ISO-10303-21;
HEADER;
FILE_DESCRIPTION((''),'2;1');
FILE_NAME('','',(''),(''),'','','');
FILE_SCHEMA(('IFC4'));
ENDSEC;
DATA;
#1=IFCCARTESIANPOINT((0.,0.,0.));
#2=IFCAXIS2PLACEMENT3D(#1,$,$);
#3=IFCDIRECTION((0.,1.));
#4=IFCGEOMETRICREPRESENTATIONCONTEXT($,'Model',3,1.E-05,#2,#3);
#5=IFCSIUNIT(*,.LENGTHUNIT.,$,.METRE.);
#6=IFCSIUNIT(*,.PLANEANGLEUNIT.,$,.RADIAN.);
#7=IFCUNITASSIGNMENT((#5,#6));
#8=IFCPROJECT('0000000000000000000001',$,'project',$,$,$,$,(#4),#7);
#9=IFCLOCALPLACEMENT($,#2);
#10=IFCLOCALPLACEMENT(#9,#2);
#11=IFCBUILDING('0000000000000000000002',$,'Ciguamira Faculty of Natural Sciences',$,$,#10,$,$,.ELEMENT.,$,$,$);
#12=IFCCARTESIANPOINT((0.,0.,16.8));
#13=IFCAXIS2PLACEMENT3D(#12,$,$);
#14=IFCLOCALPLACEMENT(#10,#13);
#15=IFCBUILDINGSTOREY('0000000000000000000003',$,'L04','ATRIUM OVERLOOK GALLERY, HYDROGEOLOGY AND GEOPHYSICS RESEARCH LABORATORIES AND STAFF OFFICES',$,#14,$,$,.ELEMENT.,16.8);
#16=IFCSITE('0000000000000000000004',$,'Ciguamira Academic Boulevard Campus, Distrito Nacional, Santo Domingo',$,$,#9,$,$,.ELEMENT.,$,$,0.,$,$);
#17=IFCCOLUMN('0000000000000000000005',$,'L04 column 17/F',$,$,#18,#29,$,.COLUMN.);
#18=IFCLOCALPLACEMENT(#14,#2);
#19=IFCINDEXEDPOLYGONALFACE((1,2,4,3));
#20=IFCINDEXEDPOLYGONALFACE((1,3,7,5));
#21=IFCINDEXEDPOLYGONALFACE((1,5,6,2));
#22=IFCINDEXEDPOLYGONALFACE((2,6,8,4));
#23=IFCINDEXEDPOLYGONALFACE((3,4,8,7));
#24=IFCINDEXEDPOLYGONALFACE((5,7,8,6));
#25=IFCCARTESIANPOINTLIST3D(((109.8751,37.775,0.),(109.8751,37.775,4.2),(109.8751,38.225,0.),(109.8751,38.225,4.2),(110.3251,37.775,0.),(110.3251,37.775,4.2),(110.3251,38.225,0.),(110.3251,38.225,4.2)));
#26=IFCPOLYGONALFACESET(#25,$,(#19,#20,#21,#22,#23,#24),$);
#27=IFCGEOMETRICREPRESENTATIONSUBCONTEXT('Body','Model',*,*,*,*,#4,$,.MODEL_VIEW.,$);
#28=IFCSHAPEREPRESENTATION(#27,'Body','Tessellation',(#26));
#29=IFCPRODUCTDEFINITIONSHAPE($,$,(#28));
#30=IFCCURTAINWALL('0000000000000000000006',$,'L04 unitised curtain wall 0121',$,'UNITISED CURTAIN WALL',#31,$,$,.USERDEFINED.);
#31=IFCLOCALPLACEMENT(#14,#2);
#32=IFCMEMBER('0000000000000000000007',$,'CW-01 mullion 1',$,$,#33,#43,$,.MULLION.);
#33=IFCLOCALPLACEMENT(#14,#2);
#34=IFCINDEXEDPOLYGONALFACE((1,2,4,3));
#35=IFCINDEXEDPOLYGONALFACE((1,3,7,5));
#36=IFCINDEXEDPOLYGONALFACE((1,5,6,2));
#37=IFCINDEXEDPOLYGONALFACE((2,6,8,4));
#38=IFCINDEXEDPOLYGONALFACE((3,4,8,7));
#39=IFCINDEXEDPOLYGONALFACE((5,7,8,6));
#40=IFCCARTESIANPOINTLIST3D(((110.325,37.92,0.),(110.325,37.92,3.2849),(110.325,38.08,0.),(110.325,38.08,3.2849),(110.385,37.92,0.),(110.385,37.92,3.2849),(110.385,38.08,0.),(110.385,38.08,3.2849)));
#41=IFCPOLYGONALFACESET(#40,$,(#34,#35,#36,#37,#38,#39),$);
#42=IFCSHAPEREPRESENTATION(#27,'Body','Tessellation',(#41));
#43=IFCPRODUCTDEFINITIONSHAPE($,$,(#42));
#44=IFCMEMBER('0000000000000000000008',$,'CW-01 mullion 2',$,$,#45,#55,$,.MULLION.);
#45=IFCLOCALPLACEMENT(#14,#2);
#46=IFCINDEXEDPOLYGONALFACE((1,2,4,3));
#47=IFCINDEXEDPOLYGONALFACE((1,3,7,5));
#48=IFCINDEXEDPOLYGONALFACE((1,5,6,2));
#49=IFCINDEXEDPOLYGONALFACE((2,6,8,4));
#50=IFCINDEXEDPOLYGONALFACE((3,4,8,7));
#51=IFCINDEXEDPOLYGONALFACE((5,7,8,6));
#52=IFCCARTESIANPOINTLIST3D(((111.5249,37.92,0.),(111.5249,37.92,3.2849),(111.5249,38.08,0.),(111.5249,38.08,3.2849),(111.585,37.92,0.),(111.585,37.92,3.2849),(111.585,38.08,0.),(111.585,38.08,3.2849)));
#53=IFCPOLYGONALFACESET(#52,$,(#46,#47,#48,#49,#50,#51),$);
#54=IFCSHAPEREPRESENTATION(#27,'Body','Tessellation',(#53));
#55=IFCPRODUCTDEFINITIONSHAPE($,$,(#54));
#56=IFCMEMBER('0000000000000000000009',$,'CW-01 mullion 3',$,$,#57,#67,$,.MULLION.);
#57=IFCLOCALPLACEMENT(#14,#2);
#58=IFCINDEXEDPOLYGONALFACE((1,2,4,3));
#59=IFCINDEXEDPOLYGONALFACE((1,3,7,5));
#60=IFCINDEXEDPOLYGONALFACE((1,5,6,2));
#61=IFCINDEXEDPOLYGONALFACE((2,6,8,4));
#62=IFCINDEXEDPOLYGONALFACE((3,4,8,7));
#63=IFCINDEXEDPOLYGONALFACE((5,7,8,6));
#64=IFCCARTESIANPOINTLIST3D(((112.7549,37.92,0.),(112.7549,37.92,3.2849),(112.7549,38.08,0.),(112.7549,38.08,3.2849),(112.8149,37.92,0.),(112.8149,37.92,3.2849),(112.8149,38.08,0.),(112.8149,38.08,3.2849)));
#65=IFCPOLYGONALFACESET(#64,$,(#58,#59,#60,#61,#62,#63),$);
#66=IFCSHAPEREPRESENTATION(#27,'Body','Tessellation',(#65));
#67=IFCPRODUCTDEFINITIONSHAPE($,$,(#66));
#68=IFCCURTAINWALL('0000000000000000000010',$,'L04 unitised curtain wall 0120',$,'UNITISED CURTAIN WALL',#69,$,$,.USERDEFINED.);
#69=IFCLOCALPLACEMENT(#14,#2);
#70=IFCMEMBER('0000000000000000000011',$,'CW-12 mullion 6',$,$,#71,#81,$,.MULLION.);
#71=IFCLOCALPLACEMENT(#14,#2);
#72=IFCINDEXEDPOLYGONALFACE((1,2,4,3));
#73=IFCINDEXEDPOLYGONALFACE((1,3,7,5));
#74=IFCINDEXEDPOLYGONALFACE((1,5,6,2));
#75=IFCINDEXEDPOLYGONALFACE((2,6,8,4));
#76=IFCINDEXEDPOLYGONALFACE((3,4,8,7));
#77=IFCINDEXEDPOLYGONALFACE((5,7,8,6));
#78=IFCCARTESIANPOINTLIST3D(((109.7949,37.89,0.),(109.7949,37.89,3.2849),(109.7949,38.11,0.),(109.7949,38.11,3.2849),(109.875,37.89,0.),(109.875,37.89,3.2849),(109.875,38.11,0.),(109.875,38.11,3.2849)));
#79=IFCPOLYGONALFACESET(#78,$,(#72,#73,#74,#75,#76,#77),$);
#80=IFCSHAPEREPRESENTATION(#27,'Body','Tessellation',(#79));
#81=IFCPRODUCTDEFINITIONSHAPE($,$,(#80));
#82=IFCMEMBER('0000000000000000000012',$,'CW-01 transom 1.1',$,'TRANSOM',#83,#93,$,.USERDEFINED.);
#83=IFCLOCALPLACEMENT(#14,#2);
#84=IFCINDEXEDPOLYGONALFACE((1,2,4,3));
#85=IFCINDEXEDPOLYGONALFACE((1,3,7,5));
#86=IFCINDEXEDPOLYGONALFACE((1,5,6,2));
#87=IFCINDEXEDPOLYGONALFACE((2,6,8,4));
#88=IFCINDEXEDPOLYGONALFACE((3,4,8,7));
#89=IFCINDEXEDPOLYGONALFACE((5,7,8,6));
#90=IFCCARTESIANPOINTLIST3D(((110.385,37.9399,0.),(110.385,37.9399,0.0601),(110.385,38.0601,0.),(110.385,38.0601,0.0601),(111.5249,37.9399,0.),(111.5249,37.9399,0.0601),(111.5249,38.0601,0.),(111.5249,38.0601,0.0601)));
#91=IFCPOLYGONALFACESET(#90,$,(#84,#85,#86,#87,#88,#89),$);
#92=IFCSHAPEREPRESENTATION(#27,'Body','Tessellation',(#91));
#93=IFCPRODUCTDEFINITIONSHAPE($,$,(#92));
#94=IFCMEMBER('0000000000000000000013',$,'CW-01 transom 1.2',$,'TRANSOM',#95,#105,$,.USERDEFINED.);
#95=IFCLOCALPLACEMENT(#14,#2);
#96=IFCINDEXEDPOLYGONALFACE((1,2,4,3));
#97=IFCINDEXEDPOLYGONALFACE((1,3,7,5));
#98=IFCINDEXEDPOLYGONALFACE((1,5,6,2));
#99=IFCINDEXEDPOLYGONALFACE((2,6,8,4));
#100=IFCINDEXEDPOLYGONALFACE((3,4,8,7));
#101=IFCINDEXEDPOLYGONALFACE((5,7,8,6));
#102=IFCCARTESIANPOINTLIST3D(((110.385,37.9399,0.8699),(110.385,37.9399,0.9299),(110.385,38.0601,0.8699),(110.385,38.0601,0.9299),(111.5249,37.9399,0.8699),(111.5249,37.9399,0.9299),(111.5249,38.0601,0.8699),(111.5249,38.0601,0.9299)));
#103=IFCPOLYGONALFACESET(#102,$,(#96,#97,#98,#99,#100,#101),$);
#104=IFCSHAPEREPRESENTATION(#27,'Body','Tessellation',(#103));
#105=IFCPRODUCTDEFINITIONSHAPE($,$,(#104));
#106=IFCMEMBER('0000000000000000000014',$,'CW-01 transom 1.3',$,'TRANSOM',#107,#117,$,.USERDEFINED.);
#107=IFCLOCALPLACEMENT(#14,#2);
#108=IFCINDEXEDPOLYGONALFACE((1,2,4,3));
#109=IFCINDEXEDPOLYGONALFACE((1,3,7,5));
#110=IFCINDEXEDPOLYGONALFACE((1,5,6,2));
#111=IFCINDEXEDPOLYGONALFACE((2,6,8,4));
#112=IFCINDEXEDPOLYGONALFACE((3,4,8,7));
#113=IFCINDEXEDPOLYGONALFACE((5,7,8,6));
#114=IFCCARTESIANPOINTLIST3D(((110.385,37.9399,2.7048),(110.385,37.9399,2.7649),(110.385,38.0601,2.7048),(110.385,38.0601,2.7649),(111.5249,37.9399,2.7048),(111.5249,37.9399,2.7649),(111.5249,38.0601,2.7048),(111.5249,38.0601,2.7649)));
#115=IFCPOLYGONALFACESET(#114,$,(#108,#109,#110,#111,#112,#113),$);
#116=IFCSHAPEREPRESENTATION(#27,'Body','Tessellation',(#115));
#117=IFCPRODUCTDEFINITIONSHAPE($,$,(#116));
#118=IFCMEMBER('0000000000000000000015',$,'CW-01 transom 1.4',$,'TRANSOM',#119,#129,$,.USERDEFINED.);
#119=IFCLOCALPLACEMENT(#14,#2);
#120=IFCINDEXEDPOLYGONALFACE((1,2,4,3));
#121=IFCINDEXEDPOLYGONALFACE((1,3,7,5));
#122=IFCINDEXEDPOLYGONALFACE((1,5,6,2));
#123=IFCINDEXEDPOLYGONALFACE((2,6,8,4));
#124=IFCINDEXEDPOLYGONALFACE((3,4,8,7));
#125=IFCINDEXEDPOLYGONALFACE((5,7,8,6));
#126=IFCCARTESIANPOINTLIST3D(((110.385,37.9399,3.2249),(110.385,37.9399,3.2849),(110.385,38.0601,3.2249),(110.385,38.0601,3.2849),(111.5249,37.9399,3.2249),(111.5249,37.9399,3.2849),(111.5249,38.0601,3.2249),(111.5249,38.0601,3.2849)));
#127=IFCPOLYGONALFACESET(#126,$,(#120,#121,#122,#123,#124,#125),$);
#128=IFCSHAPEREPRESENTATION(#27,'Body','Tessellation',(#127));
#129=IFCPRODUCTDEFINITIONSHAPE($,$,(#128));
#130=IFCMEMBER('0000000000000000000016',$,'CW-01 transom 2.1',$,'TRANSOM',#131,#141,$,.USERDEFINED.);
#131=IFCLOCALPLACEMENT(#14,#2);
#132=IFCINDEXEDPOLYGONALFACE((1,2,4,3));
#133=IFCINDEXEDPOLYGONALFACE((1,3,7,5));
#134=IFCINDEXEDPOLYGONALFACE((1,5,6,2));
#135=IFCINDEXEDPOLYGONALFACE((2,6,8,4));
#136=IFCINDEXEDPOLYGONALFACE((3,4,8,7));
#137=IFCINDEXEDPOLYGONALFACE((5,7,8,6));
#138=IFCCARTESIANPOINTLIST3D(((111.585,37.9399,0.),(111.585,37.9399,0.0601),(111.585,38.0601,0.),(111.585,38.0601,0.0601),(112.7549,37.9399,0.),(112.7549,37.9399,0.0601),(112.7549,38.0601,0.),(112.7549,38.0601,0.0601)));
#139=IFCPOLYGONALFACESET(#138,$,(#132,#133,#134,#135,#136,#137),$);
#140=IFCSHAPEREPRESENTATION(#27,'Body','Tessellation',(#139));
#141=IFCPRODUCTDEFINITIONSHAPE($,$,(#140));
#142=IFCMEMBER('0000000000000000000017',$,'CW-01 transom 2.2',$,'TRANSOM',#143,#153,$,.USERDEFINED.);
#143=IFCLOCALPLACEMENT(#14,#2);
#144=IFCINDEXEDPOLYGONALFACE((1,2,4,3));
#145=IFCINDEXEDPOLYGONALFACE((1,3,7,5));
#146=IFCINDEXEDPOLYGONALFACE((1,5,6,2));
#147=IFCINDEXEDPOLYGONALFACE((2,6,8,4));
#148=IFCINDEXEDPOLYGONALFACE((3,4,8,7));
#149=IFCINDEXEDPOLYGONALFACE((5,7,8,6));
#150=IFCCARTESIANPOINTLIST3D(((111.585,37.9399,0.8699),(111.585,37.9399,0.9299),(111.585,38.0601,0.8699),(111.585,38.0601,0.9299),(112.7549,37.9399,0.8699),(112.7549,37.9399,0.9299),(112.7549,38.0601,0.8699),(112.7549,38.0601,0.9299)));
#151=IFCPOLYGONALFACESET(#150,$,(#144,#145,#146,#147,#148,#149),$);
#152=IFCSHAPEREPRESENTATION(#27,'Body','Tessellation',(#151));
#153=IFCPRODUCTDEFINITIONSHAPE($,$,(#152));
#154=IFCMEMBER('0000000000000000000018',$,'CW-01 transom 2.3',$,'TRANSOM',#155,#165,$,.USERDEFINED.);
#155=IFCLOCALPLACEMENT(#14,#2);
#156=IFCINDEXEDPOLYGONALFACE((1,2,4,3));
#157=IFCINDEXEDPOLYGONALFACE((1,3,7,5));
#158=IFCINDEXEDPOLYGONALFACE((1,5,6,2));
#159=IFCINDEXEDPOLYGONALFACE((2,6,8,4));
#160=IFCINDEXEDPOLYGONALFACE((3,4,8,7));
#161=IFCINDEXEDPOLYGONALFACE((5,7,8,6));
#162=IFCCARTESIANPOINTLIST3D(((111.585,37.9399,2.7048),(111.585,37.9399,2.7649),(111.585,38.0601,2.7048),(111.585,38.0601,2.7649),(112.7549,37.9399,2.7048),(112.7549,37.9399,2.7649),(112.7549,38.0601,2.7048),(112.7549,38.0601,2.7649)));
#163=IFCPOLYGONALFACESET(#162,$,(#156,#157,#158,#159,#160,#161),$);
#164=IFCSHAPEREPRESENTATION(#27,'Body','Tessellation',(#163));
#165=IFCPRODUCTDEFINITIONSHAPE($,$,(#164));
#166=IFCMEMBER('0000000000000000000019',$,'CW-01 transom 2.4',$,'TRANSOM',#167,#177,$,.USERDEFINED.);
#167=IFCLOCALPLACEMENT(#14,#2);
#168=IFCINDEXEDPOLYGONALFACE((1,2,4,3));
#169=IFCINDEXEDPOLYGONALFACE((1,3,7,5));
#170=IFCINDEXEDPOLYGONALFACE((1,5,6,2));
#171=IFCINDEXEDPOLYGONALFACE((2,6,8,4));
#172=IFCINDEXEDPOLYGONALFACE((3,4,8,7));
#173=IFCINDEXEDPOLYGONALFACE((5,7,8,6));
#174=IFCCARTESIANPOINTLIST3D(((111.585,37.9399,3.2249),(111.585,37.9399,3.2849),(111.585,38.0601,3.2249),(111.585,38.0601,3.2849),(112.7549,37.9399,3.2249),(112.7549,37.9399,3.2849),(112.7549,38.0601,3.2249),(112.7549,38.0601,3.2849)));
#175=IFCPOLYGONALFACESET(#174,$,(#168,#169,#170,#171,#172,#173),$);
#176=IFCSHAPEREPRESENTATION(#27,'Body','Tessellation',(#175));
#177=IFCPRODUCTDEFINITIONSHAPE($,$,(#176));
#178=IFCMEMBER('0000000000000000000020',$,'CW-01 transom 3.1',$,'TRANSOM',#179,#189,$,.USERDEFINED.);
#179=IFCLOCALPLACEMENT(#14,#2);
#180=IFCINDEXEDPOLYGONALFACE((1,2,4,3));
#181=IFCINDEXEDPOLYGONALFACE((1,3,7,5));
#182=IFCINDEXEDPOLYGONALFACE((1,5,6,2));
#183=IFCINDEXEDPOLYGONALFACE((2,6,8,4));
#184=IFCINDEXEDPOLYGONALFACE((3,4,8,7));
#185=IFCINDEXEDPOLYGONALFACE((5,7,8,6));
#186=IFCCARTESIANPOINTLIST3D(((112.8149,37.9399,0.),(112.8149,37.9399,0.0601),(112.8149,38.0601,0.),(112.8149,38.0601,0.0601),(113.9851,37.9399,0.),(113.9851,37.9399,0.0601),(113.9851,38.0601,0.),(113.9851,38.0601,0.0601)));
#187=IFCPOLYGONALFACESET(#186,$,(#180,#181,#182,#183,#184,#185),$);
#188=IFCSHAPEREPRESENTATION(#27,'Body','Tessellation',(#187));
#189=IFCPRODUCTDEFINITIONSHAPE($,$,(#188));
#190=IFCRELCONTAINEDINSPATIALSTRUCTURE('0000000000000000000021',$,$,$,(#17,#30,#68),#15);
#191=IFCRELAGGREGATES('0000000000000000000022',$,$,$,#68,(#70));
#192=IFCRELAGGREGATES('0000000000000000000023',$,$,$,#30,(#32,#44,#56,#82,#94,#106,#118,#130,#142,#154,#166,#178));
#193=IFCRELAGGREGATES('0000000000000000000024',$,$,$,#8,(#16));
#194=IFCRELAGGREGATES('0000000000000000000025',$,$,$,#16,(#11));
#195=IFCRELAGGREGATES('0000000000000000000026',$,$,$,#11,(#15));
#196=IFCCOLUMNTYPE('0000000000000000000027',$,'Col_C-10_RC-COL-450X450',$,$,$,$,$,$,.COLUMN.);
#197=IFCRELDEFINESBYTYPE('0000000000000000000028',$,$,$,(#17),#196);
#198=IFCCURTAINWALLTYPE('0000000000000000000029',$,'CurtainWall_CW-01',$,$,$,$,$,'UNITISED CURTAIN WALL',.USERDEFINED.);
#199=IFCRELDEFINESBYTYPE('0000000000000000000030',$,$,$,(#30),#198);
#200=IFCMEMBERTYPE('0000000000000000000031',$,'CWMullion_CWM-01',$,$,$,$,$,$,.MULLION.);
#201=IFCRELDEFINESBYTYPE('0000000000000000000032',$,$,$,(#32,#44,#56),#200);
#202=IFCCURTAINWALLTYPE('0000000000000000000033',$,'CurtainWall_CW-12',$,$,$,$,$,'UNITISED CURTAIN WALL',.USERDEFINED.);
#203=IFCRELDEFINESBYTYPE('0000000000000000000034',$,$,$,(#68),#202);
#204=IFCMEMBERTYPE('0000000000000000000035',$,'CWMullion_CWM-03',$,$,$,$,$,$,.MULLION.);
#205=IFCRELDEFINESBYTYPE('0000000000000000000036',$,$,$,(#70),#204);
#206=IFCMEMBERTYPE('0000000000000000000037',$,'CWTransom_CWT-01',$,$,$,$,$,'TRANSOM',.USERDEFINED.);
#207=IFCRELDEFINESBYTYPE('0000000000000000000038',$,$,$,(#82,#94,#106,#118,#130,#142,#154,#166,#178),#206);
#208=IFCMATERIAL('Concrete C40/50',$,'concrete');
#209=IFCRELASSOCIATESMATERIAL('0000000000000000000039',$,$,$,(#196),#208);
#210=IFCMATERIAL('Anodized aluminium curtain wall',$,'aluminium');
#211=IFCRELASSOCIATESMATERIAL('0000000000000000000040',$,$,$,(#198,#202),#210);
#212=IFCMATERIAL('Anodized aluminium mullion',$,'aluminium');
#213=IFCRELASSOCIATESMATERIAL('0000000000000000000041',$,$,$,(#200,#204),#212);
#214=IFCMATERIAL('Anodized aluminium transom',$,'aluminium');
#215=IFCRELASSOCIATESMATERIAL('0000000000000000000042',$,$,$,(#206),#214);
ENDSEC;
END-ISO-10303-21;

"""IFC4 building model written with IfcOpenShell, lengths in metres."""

from ifc_helpers import new_model, si_unit, direction, frame, origin, origin_2d, place, context, subcontext, project, spatial, rectangle, extrude, material, material_profile, profile_set, type_object, element, aggregate, save


model = new_model("IFC4")

# Units and contexts
model_context = context("Model", 3, precision=1e-05, world=origin(), true_north=direction((0.0, 1.0)))
body_context = subcontext(model_context, "Body", "Model", "MODEL_VIEW")
ifc_project = project(units=[si_unit("LENGTHUNIT", "METRE"), si_unit("PLANEANGLEUNIT", "RADIAN")], contexts=[model_context])

# Site, building, storey
site_placement = place(None, origin())
site = spatial("IfcSite", under=ifc_project, at=site_placement, Name="Ciguamira Academic Boulevard Campus, Distrito Nacional, Santo Domingo", CompositionType="ELEMENT", RefElevation=0.0)
building_placement = place(site_placement, origin())
building = spatial("IfcBuilding", under=site, at=building_placement, Name="Ciguamira Faculty of Natural Sciences", CompositionType="ELEMENT")
storey_placement = place(building_placement, frame((0.0, 0.0, 16.8)))
storey = spatial("IfcBuildingStorey", under=building, at=storey_placement, Name="L04", Description="ATRIUM OVERLOOK GALLERY, HYDROGEOLOGY AND GEOPHYSICS RESEARCH LABORATORIES AND STAFF OFFICES", CompositionType="ELEMENT", Elevation=16.8)

# Column
ifc_material_1 = material(Name="Concrete C40/50", Category="concrete")
ifc_material_profile_1 = material_profile(ifc_material_1, rectangle(XDim=0.45, YDim=0.45, at=origin_2d()), Name="RC-COL-450X450")
ifc_profile_set_1 = profile_set([ifc_material_profile_1], Name="Concrete C40/50")
column_type = type_object("IfcColumnType", Name="Col_C-10_RC-COL-450X450", PredefinedType="COLUMN", material=ifc_profile_set_1)
column_placement = place(storey_placement, frame((110.1001, 38.0, 0.0), z_axis=(0.0, 0.0, 1.0), x_axis=(1.0, 0.0, 0.0)))
element("IfcColumn", 1, at=column_placement, inside=storey, type_object=column_type, Name="L04 column 17/F", PredefinedType="COLUMN", context=body_context, shape_type="SweptSolid", body=[
    extrude(rectangle(XDim=0.45, YDim=0.45, at=origin_2d()), origin(), (0.0, 0.0, 1.0), 4.2),
])

# Curtain wall, members
ifc_material_2 = material(Name="Anodized aluminium curtain wall", Category="aluminium")
curtain_wall_type_1 = type_object("IfcCurtainWallType", Name="CurtainWall_CW-01", ElementType="UNITISED CURTAIN WALL", PredefinedType="USERDEFINED", material=ifc_material_2)
curtain_wall_1_placement = place(storey_placement, origin())
curtain_wall_1 = element("IfcCurtainWall", 2, at=curtain_wall_1_placement, inside=storey, type_object=curtain_wall_type_1, Name="L04 unitised curtain wall 0121", ObjectType="UNITISED CURTAIN WALL", PredefinedType="USERDEFINED")
ifc_material_3 = material(Name="Anodized aluminium mullion", Category="aluminium")
ifc_material_profile_2 = material_profile(ifc_material_3, rectangle(XDim=0.0601, YDim=0.1599, at=origin_2d()), Name="ALU-MUL-60X160")
ifc_profile_set_2 = profile_set([ifc_material_profile_2], Name="Anodized aluminium mullion")
member_type_1 = type_object("IfcMemberType", Name="CWMullion_CWM-01", PredefinedType="MULLION", material=ifc_profile_set_2)
member_1_placement = place(storey_placement, frame((110.355, 38.0, 0.0), z_axis=(0.0, 0.0, 1.0), x_axis=(1.0, 0.0, 0.0)))
member_1 = element("IfcMember", 3, at=member_1_placement, type_object=member_type_1, Name="CW-01 mullion 1", PredefinedType="MULLION", context=body_context, shape_type="SweptSolid", body=[
    extrude(rectangle(XDim=0.0601, YDim=0.1599, at=origin_2d()), origin(), (0.0, 0.0, 1.0), 3.2849),
])
member_2_placement = place(storey_placement, frame((111.5549, 38.0, 0.0), z_axis=(0.0, 0.0, 1.0), x_axis=(1.0, 0.0, 0.0)))
member_2 = element("IfcMember", 4, at=member_2_placement, type_object=member_type_1, Name="CW-01 mullion 2", PredefinedType="MULLION", context=body_context, shape_type="SweptSolid", body=[
    extrude(rectangle(XDim=0.0601, YDim=0.1599, at=origin_2d()), origin(), (0.0, 0.0, 1.0), 3.2849),
])
member_3_placement = place(storey_placement, frame((112.7849, 38.0, 0.0), z_axis=(0.0, 0.0, 1.0), x_axis=(1.0, 0.0, 0.0)))
member_3 = element("IfcMember", 5, at=member_3_placement, type_object=member_type_1, Name="CW-01 mullion 3", PredefinedType="MULLION", context=body_context, shape_type="SweptSolid", body=[
    extrude(rectangle(XDim=0.0601, YDim=0.1599, at=origin_2d()), origin(), (0.0, 0.0, 1.0), 3.2849),
])

# Curtain wall, member
curtain_wall_type_2 = type_object("IfcCurtainWallType", Name="CurtainWall_CW-12", ElementType="UNITISED CURTAIN WALL", PredefinedType="USERDEFINED", material=ifc_material_2)
curtain_wall_2_placement = place(storey_placement, origin())
curtain_wall_2 = element("IfcCurtainWall", 6, at=curtain_wall_2_placement, inside=storey, type_object=curtain_wall_type_2, Name="L04 unitised curtain wall 0120", ObjectType="UNITISED CURTAIN WALL", PredefinedType="USERDEFINED")
ifc_material_profile_3 = material_profile(ifc_material_3, rectangle(XDim=0.0801, YDim=0.22, at=origin_2d()), Name="ALU-MUL-80X220")
ifc_profile_set_3 = profile_set([ifc_material_profile_3], Name="Anodized aluminium mullion")
member_type_2 = type_object("IfcMemberType", Name="CWMullion_CWM-03", PredefinedType="MULLION", material=ifc_profile_set_3)
member_4_placement = place(storey_placement, frame((109.835, 38.0, 0.0), z_axis=(0.0, 0.0, 1.0), x_axis=(1.0, 0.0, 0.0)))
member_4 = element("IfcMember", 7, at=member_4_placement, type_object=member_type_2, Name="CW-12 mullion 6", PredefinedType="MULLION", context=body_context, shape_type="SweptSolid", body=[
    extrude(rectangle(XDim=0.0801, YDim=0.22, at=origin_2d()), origin(), (0.0, 0.0, 1.0), 3.2849),
])
aggregate(curtain_wall_2, [member_4])

# Members
ifc_material_4 = material(Name="Anodized aluminium transom", Category="aluminium")
ifc_material_profile_4 = material_profile(ifc_material_4, rectangle(XDim=0.0601, YDim=0.1201, at=origin_2d()), Name="ALU-TRN-60X120")
ifc_profile_set_4 = profile_set([ifc_material_profile_4], Name="Anodized aluminium transom")
member_type_3 = type_object("IfcMemberType", Name="CWTransom_CWT-01", ElementType="TRANSOM", PredefinedType="USERDEFINED", material=ifc_profile_set_4)
member_5_placement = place(storey_placement, frame((110.385, 38.0, 0.03), z_axis=(1.0, 0.0, 0.0), x_axis=(0.0, 0.0, 1.0)))
member_5 = element("IfcMember", 8, at=member_5_placement, type_object=member_type_3, Name="CW-01 transom 1.1", ObjectType="TRANSOM", PredefinedType="USERDEFINED", context=body_context, shape_type="SweptSolid", body=[
    extrude(rectangle(XDim=0.0601, YDim=0.1201, at=origin_2d()), origin(), (0.0, 0.0, 1.0), 1.1399),
])
member_6_placement = place(storey_placement, frame((110.385, 38.0, 0.8999), z_axis=(1.0, 0.0, 0.0), x_axis=(0.0, 0.0, 1.0)))
member_6 = element("IfcMember", 9, at=member_6_placement, type_object=member_type_3, Name="CW-01 transom 1.2", ObjectType="TRANSOM", PredefinedType="USERDEFINED", context=body_context, shape_type="SweptSolid", body=[
    extrude(rectangle(XDim=0.0601, YDim=0.1201, at=origin_2d()), origin(), (0.0, 0.0, 1.0), 1.1399),
])
member_7_placement = place(storey_placement, frame((110.385, 38.0, 2.7349), z_axis=(1.0, 0.0, 0.0), x_axis=(0.0, 0.0, 1.0)))
member_7 = element("IfcMember", 10, at=member_7_placement, type_object=member_type_3, Name="CW-01 transom 1.3", ObjectType="TRANSOM", PredefinedType="USERDEFINED", context=body_context, shape_type="SweptSolid", body=[
    extrude(rectangle(XDim=0.0601, YDim=0.1201, at=origin_2d()), origin(), (0.0, 0.0, 1.0), 1.1399),
])
member_8_placement = place(storey_placement, frame((110.385, 38.0, 3.2549), z_axis=(1.0, 0.0, 0.0), x_axis=(0.0, 0.0, 1.0)))
member_8 = element("IfcMember", 11, at=member_8_placement, type_object=member_type_3, Name="CW-01 transom 1.4", ObjectType="TRANSOM", PredefinedType="USERDEFINED", context=body_context, shape_type="SweptSolid", body=[
    extrude(rectangle(XDim=0.0601, YDim=0.1201, at=origin_2d()), origin(), (0.0, 0.0, 1.0), 1.1399),
])
member_9_placement = place(storey_placement, frame((111.585, 38.0, 0.03), z_axis=(1.0, 0.0, 0.0), x_axis=(0.0, 0.0, 1.0)))
member_9 = element("IfcMember", 12, at=member_9_placement, type_object=member_type_3, Name="CW-01 transom 2.1", ObjectType="TRANSOM", PredefinedType="USERDEFINED", context=body_context, shape_type="SweptSolid", body=[
    extrude(rectangle(XDim=0.0601, YDim=0.1201, at=origin_2d()), origin(), (0.0, 0.0, 1.0), 1.1699),
])
member_10_placement = place(storey_placement, frame((111.585, 38.0, 0.8999), z_axis=(1.0, 0.0, 0.0), x_axis=(0.0, 0.0, 1.0)))
member_10 = element("IfcMember", 13, at=member_10_placement, type_object=member_type_3, Name="CW-01 transom 2.2", ObjectType="TRANSOM", PredefinedType="USERDEFINED", context=body_context, shape_type="SweptSolid", body=[
    extrude(rectangle(XDim=0.0601, YDim=0.1201, at=origin_2d()), origin(), (0.0, 0.0, 1.0), 1.1699),
])
member_11_placement = place(storey_placement, frame((111.585, 38.0, 2.7349), z_axis=(1.0, 0.0, 0.0), x_axis=(0.0, 0.0, 1.0)))
member_11 = element("IfcMember", 14, at=member_11_placement, type_object=member_type_3, Name="CW-01 transom 2.3", ObjectType="TRANSOM", PredefinedType="USERDEFINED", context=body_context, shape_type="SweptSolid", body=[
    extrude(rectangle(XDim=0.0601, YDim=0.1201, at=origin_2d()), origin(), (0.0, 0.0, 1.0), 1.1699),
])
member_12_placement = place(storey_placement, frame((111.585, 38.0, 3.2549), z_axis=(1.0, 0.0, 0.0), x_axis=(0.0, 0.0, 1.0)))
member_12 = element("IfcMember", 15, at=member_12_placement, type_object=member_type_3, Name="CW-01 transom 2.4", ObjectType="TRANSOM", PredefinedType="USERDEFINED", context=body_context, shape_type="SweptSolid", body=[
    extrude(rectangle(XDim=0.0601, YDim=0.1201, at=origin_2d()), origin(), (0.0, 0.0, 1.0), 1.1699),
])
member_13_placement = place(storey_placement, frame((112.8149, 38.0, 0.03), z_axis=(1.0, 0.0, 0.0), x_axis=(0.0, 0.0, 1.0)))
member_13 = element("IfcMember", 16, at=member_13_placement, type_object=member_type_3, Name="CW-01 transom 3.1", ObjectType="TRANSOM", PredefinedType="USERDEFINED", context=body_context, shape_type="SweptSolid", body=[
    extrude(rectangle(XDim=0.0601, YDim=0.1201, at=origin_2d()), origin(), (0.0, 0.0, 1.0), 1.1702),
])

aggregate(curtain_wall_1, [member_1, member_2, member_3, member_5, member_6, member_7, member_8, member_9, member_10, member_11, member_12, member_13])

save(model, "model.ifc")
